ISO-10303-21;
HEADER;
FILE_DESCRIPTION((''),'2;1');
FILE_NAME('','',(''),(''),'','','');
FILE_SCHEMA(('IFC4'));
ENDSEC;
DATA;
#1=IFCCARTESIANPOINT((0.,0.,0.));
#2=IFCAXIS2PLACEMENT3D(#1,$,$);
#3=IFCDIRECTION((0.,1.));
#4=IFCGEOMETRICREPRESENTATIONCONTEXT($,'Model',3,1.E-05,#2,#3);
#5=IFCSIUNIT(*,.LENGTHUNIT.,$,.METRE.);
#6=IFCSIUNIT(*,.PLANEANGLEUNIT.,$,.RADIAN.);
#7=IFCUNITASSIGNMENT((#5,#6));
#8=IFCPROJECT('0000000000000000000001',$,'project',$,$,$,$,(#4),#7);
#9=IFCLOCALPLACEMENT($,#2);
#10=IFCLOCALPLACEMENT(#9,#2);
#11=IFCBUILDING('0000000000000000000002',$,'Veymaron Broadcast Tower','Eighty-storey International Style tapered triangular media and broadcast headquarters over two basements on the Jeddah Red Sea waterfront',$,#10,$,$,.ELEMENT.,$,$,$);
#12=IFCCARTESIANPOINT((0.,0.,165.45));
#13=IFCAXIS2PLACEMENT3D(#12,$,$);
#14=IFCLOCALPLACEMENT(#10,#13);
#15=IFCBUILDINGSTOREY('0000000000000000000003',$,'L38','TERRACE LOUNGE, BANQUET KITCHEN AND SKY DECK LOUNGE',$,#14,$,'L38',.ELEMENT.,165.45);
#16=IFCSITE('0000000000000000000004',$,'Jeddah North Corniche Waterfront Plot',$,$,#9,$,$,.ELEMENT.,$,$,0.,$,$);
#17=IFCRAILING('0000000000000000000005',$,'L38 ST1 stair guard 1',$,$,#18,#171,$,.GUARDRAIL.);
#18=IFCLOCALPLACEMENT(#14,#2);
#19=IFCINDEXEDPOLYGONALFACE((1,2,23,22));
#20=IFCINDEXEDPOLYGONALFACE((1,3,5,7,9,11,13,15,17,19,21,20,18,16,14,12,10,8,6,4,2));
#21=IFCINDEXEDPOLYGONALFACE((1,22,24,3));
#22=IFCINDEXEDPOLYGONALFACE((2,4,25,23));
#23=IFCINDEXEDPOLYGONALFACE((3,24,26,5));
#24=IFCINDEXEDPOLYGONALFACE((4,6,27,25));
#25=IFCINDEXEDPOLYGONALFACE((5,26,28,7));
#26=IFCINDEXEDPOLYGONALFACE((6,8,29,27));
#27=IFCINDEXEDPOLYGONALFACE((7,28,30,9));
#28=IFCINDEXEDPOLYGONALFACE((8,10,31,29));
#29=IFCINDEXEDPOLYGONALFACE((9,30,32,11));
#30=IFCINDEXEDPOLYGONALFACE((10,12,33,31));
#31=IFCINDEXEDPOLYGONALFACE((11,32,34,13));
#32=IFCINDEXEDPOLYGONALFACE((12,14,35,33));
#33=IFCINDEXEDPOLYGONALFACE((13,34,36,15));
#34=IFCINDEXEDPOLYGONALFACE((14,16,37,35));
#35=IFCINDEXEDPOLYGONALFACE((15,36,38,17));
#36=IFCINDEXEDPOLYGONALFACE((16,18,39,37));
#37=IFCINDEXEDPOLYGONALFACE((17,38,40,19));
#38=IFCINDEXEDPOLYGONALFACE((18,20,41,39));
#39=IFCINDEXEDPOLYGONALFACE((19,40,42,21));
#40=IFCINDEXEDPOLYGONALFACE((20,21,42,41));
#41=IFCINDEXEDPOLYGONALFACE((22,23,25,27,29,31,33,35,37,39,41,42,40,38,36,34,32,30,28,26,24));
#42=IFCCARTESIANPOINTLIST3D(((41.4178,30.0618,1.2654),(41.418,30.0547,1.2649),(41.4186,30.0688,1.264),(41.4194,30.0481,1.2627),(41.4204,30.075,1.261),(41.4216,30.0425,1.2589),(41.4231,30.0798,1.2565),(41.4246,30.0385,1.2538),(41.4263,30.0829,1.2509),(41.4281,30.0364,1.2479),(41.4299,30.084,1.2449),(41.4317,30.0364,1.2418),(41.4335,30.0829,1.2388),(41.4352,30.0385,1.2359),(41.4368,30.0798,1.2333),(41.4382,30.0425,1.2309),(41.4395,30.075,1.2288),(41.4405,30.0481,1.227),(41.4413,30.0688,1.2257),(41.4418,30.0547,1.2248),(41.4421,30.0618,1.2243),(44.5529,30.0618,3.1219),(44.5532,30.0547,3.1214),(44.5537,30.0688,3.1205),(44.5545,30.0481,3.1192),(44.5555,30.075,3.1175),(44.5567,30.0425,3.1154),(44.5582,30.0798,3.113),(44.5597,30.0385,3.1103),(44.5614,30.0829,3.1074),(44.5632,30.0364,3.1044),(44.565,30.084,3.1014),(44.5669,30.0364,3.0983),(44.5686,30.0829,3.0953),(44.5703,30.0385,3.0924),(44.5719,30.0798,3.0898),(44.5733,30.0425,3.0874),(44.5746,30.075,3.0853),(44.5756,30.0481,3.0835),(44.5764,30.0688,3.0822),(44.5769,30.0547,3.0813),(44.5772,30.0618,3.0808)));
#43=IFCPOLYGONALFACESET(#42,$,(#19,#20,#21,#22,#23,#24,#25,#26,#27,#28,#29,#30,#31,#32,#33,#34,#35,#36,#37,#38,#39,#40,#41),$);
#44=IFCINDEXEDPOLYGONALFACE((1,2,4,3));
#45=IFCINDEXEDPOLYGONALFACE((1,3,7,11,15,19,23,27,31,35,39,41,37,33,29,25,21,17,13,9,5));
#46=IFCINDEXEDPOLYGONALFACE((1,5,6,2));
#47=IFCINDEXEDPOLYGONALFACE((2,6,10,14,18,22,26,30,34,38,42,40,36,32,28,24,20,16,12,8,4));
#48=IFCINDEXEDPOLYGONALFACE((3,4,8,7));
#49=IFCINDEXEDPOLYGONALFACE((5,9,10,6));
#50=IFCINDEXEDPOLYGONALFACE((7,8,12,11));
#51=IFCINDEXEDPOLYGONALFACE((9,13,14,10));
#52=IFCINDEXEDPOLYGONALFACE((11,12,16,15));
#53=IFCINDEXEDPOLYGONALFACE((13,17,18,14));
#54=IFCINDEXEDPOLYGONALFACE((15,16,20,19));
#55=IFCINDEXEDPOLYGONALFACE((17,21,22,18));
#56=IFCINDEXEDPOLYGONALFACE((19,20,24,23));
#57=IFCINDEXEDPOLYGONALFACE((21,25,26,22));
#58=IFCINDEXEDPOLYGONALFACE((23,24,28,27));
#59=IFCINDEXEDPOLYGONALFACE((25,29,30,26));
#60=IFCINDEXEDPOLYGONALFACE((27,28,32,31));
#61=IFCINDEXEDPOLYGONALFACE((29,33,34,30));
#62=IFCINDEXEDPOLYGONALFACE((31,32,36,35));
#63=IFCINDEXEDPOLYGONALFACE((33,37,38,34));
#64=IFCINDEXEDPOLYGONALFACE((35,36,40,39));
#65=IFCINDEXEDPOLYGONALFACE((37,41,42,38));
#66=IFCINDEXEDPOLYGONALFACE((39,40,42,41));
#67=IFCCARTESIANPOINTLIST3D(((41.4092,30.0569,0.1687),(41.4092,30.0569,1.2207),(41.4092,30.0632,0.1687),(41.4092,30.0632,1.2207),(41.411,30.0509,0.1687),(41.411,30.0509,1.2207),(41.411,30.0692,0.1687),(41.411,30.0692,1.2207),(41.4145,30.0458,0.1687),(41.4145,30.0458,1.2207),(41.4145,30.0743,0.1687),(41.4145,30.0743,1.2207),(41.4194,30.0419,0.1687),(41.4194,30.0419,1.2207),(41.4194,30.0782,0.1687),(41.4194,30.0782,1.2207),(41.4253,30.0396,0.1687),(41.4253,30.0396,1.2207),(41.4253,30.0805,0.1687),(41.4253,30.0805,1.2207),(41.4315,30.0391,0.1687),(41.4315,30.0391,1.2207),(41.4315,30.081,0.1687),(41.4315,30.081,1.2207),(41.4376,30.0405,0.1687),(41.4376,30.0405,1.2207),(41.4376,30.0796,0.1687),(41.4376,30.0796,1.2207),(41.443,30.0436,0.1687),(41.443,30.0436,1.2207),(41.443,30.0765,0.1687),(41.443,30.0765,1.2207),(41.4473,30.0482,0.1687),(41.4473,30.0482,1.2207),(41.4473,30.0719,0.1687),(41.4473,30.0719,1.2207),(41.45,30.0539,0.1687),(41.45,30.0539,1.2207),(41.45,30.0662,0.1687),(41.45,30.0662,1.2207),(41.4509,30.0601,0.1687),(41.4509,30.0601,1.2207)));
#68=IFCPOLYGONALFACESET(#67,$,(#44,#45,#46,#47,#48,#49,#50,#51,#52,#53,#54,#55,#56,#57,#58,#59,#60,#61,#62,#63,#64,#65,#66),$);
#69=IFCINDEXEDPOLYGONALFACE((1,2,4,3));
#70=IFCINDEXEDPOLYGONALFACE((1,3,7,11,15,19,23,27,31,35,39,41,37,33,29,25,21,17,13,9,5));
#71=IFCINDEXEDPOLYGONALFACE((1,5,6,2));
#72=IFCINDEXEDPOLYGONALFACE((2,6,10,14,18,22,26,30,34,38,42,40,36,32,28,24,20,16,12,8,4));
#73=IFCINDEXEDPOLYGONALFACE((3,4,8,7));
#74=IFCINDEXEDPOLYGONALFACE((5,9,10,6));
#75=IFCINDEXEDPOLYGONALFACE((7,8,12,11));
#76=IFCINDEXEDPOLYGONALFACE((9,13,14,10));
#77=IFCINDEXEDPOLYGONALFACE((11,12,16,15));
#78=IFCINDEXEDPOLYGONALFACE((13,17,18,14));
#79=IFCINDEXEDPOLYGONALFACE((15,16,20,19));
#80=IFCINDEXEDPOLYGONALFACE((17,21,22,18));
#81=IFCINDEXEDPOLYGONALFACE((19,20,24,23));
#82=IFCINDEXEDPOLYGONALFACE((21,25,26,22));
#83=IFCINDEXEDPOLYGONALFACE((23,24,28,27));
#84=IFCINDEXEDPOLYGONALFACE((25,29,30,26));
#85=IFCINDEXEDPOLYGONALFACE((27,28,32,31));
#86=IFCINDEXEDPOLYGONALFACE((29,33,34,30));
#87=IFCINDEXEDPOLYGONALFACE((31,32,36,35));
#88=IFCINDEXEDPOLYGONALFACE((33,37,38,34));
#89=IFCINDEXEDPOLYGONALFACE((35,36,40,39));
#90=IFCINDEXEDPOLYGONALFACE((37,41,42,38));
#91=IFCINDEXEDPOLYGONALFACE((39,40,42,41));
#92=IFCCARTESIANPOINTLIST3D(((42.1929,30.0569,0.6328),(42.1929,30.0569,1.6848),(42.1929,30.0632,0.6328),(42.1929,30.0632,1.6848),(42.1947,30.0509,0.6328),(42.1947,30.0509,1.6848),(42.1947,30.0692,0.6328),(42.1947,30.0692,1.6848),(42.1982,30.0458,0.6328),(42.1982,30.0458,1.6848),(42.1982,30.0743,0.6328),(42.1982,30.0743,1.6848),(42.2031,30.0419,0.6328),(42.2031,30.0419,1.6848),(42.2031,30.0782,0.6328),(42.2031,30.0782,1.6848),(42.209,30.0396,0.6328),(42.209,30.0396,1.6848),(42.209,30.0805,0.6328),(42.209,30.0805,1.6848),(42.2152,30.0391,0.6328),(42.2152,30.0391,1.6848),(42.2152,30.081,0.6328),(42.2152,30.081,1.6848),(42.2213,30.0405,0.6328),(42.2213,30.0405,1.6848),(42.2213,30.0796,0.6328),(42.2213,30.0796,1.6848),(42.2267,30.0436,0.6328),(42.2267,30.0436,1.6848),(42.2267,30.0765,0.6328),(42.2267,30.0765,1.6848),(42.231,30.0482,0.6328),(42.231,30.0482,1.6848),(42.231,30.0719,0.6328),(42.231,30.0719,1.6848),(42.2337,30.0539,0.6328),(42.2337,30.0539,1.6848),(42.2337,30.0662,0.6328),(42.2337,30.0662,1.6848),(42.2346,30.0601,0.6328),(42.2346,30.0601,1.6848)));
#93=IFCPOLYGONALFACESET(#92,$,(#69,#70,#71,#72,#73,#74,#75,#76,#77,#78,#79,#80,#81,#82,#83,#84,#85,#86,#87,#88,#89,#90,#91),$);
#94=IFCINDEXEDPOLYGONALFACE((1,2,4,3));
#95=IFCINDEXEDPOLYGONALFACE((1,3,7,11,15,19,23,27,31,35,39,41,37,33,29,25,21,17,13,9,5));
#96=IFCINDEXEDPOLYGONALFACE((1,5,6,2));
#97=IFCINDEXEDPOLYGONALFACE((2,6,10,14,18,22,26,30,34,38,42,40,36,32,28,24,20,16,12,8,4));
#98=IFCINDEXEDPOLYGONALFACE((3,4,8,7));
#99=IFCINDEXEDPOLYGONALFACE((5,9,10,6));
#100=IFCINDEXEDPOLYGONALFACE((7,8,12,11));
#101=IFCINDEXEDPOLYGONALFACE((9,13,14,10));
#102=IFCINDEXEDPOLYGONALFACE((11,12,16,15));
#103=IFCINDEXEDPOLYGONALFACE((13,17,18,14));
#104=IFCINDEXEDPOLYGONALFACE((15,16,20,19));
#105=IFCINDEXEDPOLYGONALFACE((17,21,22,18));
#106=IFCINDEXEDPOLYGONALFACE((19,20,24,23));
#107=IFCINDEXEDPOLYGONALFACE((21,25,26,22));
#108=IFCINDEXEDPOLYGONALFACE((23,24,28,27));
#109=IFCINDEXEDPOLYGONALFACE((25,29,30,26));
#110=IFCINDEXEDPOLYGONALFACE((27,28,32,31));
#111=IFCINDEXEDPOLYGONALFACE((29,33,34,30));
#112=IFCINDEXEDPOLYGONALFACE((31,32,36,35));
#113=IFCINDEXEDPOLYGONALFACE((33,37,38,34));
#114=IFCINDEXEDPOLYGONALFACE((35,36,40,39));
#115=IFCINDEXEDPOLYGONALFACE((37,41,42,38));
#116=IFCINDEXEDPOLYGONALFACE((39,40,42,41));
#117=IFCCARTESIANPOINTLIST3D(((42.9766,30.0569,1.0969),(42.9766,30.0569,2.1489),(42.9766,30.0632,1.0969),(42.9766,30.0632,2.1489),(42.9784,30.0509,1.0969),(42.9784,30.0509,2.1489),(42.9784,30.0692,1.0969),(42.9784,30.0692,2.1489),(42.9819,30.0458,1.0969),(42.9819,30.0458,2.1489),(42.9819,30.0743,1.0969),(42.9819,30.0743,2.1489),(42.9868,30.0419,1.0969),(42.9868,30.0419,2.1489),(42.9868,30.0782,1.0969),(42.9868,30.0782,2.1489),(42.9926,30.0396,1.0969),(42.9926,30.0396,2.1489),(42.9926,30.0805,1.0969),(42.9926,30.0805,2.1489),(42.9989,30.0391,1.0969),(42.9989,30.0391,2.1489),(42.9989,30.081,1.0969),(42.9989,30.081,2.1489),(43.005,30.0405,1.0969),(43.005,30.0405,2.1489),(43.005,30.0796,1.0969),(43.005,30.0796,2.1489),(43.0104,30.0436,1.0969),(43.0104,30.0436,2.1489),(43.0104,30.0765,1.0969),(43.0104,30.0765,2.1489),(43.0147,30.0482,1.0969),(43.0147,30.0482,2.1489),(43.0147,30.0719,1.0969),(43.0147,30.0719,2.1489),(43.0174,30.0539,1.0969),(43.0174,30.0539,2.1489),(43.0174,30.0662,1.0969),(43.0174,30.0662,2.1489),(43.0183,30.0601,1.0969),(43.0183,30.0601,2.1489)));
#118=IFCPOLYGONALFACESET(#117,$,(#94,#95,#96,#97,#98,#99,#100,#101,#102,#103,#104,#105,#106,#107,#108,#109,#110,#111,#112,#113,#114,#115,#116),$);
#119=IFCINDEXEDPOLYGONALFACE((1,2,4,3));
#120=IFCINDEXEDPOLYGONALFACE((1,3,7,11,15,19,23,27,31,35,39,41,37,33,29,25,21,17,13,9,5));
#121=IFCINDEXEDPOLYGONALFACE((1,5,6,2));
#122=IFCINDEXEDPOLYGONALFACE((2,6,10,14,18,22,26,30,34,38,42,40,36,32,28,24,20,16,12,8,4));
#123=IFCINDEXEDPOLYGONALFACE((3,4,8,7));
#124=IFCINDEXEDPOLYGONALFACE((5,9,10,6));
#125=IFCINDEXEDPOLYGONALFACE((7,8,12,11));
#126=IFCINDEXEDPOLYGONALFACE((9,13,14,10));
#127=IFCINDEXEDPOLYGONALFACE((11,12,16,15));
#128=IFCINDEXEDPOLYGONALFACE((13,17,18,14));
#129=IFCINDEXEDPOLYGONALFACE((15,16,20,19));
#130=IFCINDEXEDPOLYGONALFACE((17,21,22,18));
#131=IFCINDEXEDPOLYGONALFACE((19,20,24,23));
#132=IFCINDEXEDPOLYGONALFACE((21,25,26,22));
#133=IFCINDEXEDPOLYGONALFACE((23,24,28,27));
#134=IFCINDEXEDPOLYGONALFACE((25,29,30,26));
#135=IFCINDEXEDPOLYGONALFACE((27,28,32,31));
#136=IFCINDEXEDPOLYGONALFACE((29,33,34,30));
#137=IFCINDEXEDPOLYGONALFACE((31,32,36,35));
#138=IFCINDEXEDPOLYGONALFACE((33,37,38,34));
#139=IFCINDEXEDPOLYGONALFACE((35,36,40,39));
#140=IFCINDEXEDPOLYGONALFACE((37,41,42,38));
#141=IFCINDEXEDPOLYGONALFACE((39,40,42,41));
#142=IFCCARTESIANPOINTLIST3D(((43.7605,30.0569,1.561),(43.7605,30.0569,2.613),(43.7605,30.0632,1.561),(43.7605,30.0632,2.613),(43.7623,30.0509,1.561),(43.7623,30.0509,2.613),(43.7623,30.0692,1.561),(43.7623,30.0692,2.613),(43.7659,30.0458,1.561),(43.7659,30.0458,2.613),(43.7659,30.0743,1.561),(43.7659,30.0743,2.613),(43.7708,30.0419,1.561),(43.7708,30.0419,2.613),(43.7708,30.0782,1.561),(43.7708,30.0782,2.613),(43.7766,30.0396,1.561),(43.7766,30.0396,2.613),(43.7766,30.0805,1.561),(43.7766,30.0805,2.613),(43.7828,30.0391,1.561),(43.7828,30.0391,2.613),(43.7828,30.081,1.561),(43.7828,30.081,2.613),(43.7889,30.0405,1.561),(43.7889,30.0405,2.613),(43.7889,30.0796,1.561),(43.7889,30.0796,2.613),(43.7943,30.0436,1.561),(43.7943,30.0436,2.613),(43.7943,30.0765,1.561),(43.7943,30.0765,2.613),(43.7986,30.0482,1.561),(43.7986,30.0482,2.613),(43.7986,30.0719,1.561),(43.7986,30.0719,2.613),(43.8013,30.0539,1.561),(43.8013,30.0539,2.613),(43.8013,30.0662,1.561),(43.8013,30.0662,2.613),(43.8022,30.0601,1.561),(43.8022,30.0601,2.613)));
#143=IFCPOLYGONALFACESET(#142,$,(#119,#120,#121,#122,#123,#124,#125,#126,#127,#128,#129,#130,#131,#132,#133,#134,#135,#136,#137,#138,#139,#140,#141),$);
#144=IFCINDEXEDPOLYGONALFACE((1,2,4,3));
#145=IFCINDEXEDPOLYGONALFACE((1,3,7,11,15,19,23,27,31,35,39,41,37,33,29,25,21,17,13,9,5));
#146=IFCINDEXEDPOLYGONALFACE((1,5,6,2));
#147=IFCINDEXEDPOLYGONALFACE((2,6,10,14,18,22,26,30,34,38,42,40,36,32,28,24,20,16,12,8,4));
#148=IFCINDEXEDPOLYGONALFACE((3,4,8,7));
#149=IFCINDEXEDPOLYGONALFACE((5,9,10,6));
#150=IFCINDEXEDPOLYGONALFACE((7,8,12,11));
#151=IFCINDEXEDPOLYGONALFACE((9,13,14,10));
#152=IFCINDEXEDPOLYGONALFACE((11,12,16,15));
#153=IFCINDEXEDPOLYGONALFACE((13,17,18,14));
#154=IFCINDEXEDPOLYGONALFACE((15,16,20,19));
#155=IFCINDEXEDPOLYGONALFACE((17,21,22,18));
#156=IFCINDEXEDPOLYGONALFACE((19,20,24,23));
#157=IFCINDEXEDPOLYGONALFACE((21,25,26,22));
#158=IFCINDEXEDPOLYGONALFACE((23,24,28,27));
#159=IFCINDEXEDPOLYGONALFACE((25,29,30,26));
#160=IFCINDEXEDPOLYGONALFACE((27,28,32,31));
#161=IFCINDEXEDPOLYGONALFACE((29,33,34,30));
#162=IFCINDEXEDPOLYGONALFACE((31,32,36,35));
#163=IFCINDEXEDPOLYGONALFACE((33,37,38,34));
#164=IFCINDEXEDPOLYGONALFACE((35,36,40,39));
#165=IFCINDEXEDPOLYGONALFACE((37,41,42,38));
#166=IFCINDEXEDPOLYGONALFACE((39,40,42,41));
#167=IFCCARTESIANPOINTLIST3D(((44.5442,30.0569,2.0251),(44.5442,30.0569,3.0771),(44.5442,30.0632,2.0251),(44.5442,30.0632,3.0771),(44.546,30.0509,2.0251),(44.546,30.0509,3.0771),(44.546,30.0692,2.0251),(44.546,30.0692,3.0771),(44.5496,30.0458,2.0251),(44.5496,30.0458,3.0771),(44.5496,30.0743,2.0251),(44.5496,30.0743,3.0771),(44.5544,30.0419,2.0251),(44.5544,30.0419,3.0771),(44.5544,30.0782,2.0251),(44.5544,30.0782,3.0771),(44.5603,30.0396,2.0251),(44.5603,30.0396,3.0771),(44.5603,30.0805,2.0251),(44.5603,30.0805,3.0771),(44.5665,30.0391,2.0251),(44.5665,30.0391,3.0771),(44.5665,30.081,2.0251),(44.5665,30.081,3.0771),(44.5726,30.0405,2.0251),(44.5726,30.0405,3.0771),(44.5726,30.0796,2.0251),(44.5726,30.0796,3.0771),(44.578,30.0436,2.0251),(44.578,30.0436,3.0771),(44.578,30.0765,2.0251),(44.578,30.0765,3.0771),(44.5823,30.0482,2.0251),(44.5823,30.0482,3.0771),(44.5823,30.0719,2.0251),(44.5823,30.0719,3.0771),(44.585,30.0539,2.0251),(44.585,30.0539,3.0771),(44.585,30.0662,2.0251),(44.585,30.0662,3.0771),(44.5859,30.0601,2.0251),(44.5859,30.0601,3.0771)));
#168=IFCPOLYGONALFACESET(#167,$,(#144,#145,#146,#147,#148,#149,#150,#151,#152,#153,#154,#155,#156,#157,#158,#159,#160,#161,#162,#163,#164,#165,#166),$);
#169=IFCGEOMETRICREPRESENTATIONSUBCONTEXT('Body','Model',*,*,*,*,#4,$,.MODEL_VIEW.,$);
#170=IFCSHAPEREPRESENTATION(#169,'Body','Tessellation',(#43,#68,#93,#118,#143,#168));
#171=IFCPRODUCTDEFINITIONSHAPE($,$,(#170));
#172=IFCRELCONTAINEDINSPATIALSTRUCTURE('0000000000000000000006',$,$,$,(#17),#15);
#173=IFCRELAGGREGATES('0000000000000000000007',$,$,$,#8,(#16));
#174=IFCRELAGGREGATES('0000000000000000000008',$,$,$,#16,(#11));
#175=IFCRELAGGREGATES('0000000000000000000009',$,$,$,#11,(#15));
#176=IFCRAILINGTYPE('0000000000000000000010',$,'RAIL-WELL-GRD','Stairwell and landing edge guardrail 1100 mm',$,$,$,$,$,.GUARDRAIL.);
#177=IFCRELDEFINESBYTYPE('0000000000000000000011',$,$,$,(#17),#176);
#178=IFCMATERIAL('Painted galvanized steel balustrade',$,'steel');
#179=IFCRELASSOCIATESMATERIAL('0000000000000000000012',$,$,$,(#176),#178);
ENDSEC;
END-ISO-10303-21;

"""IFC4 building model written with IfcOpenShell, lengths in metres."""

from ifc_helpers import new_model, si_unit, direction, frame, origin, origin_2d, place, context, subcontext, project, spatial, circle, extrude, material, type_object, element, save


model = new_model("IFC4")

# Units and contexts
model_context = context("Model", 3, precision=1e-05, world=origin(), true_north=direction((0.0, 1.0)))
body_context = subcontext(model_context, "Body", "Model", "MODEL_VIEW")
ifc_project = project(units=[si_unit("LENGTHUNIT", "METRE"), si_unit("PLANEANGLEUNIT", "RADIAN")], contexts=[model_context])

# Site, building, storey
site_placement = place(None, origin())
site = spatial("IfcSite", under=ifc_project, at=site_placement, Name="Jeddah North Corniche Waterfront Plot", CompositionType="ELEMENT", RefElevation=0.0)
building_placement = place(site_placement, origin())
building = spatial("IfcBuilding", under=site, at=building_placement, Name="Veymaron Broadcast Tower", Description="Eighty-storey International Style tapered triangular media and broadcast headquarters over two basements on the Jeddah Red Sea waterfront", CompositionType="ELEMENT")
storey_placement = place(building_placement, frame((0.0, 0.0, 165.45)))
storey = spatial("IfcBuildingStorey", under=building, at=storey_placement, Name="L38", Description="TERRACE LOUNGE, BANQUET KITCHEN AND SKY DECK LOUNGE", LongName="L38", CompositionType="ELEMENT", Elevation=165.45)

# Railing
ifc_material_1 = material(Name="Painted galvanized steel balustrade", Category="steel")
railing_type_1 = type_object("IfcRailingType", Name="RAIL-WELL-GRD", Description="Stairwell and landing edge guardrail 1100 mm", PredefinedType="GUARDRAIL", material=ifc_material_1)
railing_1_placement = place(storey_placement, frame((41.4299, 30.0601, 0.1687)))
element("IfcRailing", 1, at=railing_1_placement, inside=storey, type_object=railing_type_1, Name="L38 ST1 stair guard 1", PredefinedType="GUARDRAIL", context=body_context, shape_type="SweptSolid", body=[
    extrude(circle(Radius=0.0239, at=origin_2d()), frame((0.0, 0.0, 1.0762), z_axis=(0.860453, 0.0, 0.509531), x_axis=(0.0, 1.0, 0.0)), (0.0, 0.0, 1.0), 3.6436),
    extrude(circle(Radius=0.021, at=origin_2d()), origin(), (0.0, 0.0, 1.0), 1.052),
    extrude(circle(Radius=0.021, at=origin_2d()), frame((0.7837, 0.0, 0.4641)), (0.0, 0.0, 1.0), 1.052),
    extrude(circle(Radius=0.021, at=origin_2d()), frame((1.5674, 0.0, 0.9282)), (0.0, 0.0, 1.0), 1.052),
    extrude(circle(Radius=0.021, at=origin_2d()), frame((2.3513, 0.0, 1.3923)), (0.0, 0.0, 1.0), 1.052),
    extrude(circle(Radius=0.021, at=origin_2d()), frame((3.135, 0.0, 1.8564)), (0.0, 0.0, 1.0), 1.052),
])

save(model, "model.ifc")
